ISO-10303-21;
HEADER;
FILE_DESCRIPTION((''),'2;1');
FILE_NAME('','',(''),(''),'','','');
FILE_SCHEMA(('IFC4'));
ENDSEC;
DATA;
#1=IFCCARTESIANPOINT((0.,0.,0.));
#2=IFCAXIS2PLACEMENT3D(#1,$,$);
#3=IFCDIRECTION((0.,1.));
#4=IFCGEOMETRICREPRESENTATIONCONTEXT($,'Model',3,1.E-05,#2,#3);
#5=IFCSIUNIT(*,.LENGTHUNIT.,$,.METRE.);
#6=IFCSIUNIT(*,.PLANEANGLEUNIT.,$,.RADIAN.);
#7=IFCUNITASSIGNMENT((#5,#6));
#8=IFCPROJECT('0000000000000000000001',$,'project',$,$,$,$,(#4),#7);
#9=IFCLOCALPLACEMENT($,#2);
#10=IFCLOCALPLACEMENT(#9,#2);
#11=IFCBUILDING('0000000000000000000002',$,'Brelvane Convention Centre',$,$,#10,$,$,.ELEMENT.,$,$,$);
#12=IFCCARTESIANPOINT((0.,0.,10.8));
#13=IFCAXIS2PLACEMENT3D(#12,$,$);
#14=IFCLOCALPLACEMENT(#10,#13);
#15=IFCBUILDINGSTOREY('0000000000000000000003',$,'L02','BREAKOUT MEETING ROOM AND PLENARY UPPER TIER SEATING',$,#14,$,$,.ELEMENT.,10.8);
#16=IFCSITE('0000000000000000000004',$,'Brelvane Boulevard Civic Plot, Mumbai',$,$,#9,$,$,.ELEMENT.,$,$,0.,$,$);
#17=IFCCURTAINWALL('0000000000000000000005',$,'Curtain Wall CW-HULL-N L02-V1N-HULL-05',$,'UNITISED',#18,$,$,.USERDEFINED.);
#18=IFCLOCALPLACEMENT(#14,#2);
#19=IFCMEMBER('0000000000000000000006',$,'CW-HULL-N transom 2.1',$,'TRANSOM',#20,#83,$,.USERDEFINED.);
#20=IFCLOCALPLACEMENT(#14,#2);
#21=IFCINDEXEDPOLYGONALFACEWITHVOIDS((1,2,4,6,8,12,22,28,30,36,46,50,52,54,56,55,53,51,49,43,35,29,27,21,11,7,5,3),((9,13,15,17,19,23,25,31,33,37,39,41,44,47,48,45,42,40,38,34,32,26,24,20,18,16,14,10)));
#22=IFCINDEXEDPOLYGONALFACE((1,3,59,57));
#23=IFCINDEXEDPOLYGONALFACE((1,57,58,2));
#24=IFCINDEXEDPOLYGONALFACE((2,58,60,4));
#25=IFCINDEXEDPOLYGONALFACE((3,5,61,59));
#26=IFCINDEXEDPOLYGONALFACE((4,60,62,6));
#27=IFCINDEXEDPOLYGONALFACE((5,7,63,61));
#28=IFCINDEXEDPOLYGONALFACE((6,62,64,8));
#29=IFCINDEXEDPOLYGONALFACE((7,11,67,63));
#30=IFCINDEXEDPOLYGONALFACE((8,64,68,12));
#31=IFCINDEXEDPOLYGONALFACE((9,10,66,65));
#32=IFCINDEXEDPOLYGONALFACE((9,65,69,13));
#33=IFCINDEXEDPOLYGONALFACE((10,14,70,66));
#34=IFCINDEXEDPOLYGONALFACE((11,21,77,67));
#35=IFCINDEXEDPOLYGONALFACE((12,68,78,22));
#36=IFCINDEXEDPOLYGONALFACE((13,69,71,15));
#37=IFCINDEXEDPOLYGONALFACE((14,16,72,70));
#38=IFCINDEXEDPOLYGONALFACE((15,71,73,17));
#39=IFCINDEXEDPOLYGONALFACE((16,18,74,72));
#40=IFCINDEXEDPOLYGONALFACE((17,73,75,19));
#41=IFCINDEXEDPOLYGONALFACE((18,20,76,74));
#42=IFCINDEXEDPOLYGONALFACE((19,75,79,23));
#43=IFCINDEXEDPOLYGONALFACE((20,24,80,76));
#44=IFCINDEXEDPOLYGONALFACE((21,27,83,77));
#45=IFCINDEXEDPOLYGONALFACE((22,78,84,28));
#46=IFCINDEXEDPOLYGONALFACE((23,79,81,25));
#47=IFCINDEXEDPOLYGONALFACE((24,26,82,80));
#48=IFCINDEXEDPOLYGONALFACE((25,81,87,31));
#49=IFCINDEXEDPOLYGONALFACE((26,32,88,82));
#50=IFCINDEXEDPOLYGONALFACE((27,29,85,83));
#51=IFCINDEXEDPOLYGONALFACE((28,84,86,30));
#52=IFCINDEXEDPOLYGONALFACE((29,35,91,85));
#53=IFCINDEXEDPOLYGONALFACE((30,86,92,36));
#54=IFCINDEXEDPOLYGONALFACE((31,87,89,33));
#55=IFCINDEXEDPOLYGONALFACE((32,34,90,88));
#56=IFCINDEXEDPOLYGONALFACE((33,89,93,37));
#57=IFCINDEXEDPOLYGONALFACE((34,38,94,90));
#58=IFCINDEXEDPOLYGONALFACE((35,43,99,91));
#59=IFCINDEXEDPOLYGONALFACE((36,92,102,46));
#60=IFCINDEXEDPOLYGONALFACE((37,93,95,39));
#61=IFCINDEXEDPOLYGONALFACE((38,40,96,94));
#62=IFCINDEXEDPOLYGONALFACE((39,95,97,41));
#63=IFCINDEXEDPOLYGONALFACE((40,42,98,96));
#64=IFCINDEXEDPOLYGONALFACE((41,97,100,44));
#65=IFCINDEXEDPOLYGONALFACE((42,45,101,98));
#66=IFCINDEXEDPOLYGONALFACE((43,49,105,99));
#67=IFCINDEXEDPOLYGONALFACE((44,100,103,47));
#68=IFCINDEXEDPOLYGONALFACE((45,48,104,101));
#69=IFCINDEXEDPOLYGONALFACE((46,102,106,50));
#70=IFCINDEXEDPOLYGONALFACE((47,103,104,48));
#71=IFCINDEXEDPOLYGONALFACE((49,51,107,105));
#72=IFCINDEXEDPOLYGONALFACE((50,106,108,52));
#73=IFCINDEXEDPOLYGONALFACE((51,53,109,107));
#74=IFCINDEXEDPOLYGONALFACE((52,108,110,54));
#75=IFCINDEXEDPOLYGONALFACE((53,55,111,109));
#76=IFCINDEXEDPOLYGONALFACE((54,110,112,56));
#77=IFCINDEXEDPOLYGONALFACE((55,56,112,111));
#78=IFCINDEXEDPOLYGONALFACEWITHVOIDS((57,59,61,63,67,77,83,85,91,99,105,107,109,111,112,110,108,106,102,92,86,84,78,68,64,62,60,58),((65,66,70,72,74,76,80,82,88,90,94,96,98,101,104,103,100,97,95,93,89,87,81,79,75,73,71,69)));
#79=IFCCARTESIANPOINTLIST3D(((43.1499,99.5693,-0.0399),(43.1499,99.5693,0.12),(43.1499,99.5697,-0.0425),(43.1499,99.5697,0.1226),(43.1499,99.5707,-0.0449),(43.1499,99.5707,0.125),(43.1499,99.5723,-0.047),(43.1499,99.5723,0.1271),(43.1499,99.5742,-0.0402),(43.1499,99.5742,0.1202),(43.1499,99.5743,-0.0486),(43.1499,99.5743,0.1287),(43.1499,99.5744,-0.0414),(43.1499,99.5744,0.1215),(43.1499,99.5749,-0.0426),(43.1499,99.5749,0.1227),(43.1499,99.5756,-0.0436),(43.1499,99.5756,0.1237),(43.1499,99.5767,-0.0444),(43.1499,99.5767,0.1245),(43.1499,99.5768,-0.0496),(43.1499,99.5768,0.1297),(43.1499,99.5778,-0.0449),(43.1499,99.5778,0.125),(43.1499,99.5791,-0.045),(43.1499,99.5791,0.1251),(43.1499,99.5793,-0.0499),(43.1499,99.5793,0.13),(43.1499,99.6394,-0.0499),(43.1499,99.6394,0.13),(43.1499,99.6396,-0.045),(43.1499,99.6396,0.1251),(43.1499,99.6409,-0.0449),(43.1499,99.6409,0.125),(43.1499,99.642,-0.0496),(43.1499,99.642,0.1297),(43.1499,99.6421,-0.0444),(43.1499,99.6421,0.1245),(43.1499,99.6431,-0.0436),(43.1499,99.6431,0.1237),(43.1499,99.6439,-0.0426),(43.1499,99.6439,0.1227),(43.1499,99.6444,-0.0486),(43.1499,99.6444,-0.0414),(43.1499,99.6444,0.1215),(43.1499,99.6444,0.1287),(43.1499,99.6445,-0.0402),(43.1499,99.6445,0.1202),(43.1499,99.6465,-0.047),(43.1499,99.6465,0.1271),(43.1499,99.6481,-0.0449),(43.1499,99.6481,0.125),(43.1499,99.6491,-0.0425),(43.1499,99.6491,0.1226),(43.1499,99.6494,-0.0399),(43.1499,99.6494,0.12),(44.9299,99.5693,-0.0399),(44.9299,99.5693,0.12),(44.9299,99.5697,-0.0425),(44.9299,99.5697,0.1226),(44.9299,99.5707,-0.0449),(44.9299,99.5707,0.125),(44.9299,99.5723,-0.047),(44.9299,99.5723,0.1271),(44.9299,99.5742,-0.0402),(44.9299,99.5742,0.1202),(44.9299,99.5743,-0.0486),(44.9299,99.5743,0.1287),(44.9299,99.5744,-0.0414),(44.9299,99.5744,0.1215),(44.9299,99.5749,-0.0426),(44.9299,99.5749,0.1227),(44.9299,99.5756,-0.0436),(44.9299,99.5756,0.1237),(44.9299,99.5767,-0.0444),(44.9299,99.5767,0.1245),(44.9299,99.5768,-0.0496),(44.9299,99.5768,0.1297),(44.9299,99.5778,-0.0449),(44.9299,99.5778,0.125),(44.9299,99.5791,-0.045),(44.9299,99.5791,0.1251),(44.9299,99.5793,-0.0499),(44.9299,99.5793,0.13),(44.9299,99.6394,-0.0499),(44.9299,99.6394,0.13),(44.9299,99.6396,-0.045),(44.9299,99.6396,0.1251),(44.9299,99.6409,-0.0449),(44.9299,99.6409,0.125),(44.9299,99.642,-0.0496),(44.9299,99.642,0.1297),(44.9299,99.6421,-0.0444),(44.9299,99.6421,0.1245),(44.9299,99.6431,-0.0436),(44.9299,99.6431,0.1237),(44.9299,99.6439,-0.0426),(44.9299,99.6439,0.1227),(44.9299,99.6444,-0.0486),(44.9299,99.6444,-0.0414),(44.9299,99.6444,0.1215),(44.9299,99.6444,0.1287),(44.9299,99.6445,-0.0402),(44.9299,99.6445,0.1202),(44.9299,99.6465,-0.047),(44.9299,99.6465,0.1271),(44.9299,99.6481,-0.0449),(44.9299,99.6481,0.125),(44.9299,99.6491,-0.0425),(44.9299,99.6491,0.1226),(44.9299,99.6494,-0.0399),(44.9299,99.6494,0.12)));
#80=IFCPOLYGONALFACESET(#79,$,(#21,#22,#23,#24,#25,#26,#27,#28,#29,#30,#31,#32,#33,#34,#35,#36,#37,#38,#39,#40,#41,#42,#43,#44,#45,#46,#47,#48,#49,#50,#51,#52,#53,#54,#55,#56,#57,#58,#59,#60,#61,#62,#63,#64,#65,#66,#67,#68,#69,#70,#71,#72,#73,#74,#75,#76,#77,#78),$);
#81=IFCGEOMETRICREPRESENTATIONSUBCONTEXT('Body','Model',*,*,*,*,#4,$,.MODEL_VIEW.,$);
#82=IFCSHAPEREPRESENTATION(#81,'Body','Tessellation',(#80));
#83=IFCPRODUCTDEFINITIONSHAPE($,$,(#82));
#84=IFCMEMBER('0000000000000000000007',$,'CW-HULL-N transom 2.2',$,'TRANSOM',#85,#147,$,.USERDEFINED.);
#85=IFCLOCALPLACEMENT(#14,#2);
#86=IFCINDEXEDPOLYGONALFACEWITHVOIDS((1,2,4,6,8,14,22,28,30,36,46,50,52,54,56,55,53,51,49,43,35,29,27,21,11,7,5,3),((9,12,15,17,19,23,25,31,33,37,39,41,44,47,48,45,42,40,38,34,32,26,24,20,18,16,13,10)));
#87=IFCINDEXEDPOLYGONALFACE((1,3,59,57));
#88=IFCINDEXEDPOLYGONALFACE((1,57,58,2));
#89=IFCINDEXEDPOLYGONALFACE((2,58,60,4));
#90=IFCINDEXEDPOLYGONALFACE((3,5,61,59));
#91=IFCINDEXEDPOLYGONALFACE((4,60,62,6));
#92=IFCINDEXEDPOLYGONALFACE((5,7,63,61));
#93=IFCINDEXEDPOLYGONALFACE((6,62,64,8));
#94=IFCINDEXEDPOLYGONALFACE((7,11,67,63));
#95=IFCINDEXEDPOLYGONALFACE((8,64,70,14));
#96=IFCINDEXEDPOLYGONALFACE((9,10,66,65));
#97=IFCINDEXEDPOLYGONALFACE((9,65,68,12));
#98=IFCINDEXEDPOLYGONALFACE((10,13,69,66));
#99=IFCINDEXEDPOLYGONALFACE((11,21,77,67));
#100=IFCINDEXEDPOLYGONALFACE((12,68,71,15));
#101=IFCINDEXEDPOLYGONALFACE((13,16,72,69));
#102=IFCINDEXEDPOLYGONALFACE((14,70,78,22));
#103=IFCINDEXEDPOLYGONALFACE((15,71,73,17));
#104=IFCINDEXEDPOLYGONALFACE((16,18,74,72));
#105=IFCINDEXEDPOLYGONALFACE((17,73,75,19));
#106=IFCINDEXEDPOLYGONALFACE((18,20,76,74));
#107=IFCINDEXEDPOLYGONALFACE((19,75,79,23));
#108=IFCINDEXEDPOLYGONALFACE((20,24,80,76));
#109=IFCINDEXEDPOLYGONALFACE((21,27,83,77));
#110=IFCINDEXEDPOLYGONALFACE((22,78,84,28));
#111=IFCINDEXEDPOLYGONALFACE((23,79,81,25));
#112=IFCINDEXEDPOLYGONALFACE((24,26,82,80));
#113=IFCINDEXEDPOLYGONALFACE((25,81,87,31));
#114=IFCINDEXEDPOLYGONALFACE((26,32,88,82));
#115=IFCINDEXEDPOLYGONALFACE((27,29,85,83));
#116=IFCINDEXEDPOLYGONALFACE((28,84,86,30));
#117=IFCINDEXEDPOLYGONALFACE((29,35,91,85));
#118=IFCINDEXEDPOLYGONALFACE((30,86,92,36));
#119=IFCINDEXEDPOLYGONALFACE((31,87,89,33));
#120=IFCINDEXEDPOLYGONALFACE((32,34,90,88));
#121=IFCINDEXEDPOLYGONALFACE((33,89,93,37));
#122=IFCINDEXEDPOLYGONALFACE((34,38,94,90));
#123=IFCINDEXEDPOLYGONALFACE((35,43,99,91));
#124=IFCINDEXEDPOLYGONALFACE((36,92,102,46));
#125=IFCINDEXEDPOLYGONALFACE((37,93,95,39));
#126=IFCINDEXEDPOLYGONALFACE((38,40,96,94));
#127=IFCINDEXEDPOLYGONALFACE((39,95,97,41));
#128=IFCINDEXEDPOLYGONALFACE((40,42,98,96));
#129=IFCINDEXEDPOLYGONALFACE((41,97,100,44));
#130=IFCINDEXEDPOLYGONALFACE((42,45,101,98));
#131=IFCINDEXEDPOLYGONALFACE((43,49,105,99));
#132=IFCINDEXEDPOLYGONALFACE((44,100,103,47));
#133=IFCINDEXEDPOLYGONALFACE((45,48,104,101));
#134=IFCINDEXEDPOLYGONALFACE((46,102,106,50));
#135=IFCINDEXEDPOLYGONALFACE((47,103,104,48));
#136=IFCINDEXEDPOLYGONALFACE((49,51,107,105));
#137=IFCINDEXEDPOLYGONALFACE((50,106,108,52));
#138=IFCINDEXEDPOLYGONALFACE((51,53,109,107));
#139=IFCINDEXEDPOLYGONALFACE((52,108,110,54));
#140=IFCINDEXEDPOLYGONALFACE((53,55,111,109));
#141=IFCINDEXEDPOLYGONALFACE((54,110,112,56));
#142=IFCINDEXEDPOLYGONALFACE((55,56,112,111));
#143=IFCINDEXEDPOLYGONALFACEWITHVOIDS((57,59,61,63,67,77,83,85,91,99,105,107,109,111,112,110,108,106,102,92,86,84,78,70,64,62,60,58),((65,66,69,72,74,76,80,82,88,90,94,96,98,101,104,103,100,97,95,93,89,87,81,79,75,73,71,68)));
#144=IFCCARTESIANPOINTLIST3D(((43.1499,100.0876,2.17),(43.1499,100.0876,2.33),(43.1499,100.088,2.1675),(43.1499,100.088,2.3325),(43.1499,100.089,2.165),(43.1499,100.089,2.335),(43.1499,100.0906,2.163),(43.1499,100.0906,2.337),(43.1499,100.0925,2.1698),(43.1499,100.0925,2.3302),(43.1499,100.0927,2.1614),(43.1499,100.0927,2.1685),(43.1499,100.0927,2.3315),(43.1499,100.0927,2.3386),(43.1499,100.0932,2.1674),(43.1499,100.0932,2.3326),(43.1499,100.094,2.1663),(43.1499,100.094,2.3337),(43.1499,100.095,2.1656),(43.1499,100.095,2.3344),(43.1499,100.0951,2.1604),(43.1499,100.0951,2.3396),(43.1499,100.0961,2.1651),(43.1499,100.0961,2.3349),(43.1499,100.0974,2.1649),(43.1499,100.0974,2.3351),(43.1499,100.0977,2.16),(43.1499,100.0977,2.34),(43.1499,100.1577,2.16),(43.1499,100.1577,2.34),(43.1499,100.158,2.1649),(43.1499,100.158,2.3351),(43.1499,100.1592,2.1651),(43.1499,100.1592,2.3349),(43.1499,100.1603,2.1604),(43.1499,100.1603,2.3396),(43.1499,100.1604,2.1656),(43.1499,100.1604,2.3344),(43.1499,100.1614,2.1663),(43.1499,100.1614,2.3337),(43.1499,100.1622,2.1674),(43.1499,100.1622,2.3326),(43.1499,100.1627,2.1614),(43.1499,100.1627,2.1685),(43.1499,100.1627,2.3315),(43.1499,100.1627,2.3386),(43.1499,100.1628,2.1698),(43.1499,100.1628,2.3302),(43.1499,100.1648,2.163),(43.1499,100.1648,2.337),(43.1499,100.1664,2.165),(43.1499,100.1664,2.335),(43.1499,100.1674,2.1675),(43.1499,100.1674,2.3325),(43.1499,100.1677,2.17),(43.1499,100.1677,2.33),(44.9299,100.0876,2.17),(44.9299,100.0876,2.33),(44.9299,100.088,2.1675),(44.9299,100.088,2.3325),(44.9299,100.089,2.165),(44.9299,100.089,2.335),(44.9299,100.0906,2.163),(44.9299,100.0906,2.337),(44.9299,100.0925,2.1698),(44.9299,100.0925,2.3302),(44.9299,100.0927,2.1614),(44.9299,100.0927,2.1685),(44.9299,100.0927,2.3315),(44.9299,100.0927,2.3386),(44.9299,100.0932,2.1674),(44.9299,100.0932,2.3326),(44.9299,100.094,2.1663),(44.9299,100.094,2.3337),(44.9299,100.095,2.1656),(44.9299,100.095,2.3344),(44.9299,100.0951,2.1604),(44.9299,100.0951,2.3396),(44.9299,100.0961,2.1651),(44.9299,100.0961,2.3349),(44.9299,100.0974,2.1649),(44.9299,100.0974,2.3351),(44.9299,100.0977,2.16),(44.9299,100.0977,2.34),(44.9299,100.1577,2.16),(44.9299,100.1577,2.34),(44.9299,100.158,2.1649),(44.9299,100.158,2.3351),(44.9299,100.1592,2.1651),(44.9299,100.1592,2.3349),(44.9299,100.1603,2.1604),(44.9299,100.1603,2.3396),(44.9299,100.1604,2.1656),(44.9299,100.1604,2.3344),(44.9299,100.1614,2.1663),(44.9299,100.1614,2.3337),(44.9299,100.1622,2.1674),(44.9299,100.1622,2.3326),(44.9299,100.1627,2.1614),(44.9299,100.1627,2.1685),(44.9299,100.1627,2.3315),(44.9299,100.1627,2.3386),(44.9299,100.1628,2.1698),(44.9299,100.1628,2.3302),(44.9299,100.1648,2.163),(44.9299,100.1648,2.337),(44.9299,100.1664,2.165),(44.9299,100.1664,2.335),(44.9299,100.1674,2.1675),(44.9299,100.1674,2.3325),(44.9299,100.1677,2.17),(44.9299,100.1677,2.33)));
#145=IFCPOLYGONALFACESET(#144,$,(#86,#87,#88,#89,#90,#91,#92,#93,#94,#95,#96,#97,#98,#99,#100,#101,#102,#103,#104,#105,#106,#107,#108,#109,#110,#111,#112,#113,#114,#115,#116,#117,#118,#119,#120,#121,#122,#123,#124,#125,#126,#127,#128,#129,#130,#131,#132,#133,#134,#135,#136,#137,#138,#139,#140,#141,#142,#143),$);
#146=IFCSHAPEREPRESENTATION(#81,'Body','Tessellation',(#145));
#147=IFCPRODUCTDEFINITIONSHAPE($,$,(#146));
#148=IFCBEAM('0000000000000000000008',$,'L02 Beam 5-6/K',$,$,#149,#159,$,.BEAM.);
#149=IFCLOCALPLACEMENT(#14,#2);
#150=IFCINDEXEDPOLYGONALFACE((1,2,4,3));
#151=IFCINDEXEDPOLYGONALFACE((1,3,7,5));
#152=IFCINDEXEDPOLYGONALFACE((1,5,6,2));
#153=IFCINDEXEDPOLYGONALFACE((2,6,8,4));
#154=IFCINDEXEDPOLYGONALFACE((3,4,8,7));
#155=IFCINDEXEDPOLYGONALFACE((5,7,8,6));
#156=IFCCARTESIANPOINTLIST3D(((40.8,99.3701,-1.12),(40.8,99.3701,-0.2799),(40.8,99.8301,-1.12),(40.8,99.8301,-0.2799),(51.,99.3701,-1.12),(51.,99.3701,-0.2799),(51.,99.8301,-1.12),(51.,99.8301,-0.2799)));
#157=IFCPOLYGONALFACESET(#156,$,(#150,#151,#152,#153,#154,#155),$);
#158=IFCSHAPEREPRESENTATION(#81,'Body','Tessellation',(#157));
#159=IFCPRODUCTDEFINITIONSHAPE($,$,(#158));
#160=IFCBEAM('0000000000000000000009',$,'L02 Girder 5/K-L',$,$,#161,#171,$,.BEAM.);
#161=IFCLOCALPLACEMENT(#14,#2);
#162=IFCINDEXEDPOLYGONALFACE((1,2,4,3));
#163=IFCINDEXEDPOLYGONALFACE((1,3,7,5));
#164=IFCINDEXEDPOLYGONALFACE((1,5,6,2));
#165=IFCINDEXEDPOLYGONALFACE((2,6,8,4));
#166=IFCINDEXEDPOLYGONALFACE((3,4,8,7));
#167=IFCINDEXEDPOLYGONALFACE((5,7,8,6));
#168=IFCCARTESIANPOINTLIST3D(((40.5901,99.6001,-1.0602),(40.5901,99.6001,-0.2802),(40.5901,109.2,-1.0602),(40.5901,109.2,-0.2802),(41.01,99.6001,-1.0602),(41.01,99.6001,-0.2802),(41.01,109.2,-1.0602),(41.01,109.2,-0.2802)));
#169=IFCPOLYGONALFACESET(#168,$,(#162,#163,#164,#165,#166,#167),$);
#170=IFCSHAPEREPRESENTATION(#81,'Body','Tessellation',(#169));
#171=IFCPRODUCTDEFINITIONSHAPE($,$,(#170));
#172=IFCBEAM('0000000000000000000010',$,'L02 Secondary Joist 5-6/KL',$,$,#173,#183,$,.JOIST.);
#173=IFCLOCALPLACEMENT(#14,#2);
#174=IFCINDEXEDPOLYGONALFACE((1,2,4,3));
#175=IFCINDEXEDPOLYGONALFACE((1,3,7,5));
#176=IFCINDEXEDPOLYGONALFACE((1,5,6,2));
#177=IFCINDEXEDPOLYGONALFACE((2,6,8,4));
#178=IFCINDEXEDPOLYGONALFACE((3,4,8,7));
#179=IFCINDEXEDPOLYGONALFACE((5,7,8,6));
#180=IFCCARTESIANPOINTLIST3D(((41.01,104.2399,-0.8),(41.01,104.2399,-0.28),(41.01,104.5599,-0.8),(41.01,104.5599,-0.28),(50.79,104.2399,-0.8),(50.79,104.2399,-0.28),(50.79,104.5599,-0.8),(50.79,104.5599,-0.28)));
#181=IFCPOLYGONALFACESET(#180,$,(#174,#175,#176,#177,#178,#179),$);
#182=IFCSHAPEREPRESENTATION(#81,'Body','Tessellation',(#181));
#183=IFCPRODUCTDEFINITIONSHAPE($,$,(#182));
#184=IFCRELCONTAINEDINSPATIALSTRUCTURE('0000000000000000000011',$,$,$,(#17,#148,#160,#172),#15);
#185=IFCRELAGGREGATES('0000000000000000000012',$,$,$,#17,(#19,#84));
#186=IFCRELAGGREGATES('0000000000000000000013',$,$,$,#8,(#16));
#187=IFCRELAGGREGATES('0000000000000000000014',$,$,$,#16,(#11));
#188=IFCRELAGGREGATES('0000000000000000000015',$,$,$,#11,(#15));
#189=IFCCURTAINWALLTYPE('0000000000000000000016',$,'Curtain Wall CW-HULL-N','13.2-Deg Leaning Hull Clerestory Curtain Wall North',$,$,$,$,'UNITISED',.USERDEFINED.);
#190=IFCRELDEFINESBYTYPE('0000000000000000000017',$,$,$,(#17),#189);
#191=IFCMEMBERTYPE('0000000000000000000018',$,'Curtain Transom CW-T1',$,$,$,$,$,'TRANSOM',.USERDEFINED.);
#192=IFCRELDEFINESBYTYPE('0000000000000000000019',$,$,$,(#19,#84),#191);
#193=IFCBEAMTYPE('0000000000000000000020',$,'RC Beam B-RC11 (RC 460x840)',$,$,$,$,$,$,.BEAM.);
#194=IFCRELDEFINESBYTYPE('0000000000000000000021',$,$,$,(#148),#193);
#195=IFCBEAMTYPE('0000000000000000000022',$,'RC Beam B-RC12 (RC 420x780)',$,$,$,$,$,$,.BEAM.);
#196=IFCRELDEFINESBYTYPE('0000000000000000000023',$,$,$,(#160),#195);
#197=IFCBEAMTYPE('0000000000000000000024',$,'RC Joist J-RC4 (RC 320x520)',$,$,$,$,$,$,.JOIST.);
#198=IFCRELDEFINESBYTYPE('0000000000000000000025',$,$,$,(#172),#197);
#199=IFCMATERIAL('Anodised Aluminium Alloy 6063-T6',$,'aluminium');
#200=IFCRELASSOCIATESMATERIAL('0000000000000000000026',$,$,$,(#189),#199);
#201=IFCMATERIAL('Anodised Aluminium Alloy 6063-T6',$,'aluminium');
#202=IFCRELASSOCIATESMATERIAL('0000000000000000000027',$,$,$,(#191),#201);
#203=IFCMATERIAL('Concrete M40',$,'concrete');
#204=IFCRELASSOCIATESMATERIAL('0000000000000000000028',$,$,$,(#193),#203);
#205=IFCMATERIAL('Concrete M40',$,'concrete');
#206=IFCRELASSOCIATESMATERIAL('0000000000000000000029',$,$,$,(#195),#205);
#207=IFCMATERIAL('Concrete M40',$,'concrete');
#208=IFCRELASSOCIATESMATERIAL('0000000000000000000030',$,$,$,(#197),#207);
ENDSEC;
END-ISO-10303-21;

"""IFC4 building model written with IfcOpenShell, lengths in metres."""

from ifc_helpers import new_model, si_unit, direction, frame, origin, origin_2d, place, context, subcontext, project, spatial, rectangle, hollow_rectangle, extrude, material, material_profile, profile_set, type_object, element, aggregate, save


model = new_model("IFC4")

# Units and contexts
model_context = context("Model", 3, precision=1e-05, world=origin(), true_north=direction((0.0, 1.0)))
body_context = subcontext(model_context, "Body", "Model", "MODEL_VIEW")
ifc_project = project(units=[si_unit("LENGTHUNIT", "METRE"), si_unit("PLANEANGLEUNIT", "RADIAN")], contexts=[model_context])

# Site, building, storey
site_placement = place(None, origin())
site = spatial("IfcSite", under=ifc_project, at=site_placement, Name="Brelvane Boulevard Civic Plot, Mumbai", CompositionType="ELEMENT", RefElevation=0.0)
building_placement = place(site_placement, origin())
building = spatial("IfcBuilding", under=site, at=building_placement, Name="Brelvane Convention Centre", CompositionType="ELEMENT")
storey_placement = place(building_placement, frame((0.0, 0.0, 10.8)))
storey = spatial("IfcBuildingStorey", under=building, at=storey_placement, Name="L02", Description="BREAKOUT MEETING ROOM AND PLENARY UPPER TIER SEATING", CompositionType="ELEMENT", Elevation=10.8)

# Curtain wall
ifc_material_1 = material(Name="Anodised Aluminium Alloy 6063-T6", Category="aluminium")
curtain_wall_type = type_object("IfcCurtainWallType", Name="Curtain Wall CW-HULL-N", Description="13.2-Deg Leaning Hull Clerestory Curtain Wall North", ElementType="UNITISED", PredefinedType="USERDEFINED", material=ifc_material_1)
curtain_wall_1_placement = place(storey_placement, origin())
curtain_wall_1 = element("IfcCurtainWall", 1, at=curtain_wall_1_placement, inside=storey, type_object=curtain_wall_type, Name="Curtain Wall CW-HULL-N L02-V1N-HULL-05", ObjectType="UNITISED", PredefinedType="USERDEFINED")

# Members
ifc_material_2 = material(Name="Anodised Aluminium Alloy 6063-T6", Category="aluminium")
ifc_material_profile_1 = material_profile(ifc_material_2, hollow_rectangle(XDim=0.0801, YDim=0.1799, WallThickness=0.0049, InnerFilletRadius=0.0049, OuterFilletRadius=0.01, at=origin_2d()), Name="ALU-T 180x80x5.0")
ifc_profile_set_1 = profile_set([ifc_material_profile_1], Name="Anodised Aluminium Alloy 6063-T6")
member_type_1 = type_object("IfcMemberType", Name="Curtain Transom CW-T1", ElementType="TRANSOM", PredefinedType="USERDEFINED", material=ifc_profile_set_1)
member_1_placement = place(storey_placement, frame((43.1499, 99.6094, 0.04), z_axis=(1.0, 0.0, 0.0), x_axis=(0.0, 1.0, 0.0)))
member_1 = element("IfcMember", 2, at=member_1_placement, type_object=member_type_1, Name="CW-HULL-N transom 2.1", ObjectType="TRANSOM", PredefinedType="USERDEFINED", context=body_context, shape_type="SweptSolid", body=[
    extrude(hollow_rectangle(XDim=0.0801, YDim=0.1799, WallThickness=0.0049, InnerFilletRadius=0.0049, OuterFilletRadius=0.01, at=origin_2d()), origin(), (0.0, 0.0, 1.0), 1.78),
])
member_2_placement = place(storey_placement, frame((43.1499, 100.1277, 2.25), z_axis=(1.0, 0.0, 0.0), x_axis=(0.0, 1.0, 0.0)))
member_2 = element("IfcMember", 3, at=member_2_placement, type_object=member_type_1, Name="CW-HULL-N transom 2.2", ObjectType="TRANSOM", PredefinedType="USERDEFINED", context=body_context, shape_type="SweptSolid", body=[
    extrude(hollow_rectangle(XDim=0.0801, YDim=0.1799, WallThickness=0.0049, InnerFilletRadius=0.0049, OuterFilletRadius=0.01, at=origin_2d()), origin(), (0.0, 0.0, 1.0), 1.78),
])

# Beams
ifc_material_3 = material(Name="Concrete M40", Category="concrete")
ifc_material_profile_2 = material_profile(ifc_material_3, rectangle(XDim=0.46, YDim=0.8401, at=origin_2d()), Name="RC 460x840")
ifc_profile_set_2 = profile_set([ifc_material_profile_2], Name="Concrete M40")
beam_type_1 = type_object("IfcBeamType", Name="RC Beam B-RC11 (RC 460x840)", PredefinedType="BEAM", material=ifc_profile_set_2)
beam_1_placement = place(storey_placement, frame((40.8, 99.6001, -0.7), z_axis=(1.0, 0.0, 0.0), x_axis=(0.0, 1.0, 0.0)))
element("IfcBeam", 4, at=beam_1_placement, inside=storey, type_object=beam_type_1, Name="L02 Beam 5-6/K", PredefinedType="BEAM", context=body_context, shape_type="SweptSolid", body=[
    extrude(rectangle(XDim=0.46, YDim=0.8401, at=origin_2d()), origin(), (0.0, 0.0, 1.0), 10.2),
])
ifc_material_4 = material(Name="Concrete M40", Category="concrete")
ifc_material_profile_3 = material_profile(ifc_material_4, rectangle(XDim=0.4199, YDim=0.78, at=origin_2d()), Name="RC 420x780")
ifc_profile_set_3 = profile_set([ifc_material_profile_3], Name="Concrete M40")
beam_type_2 = type_object("IfcBeamType", Name="RC Beam B-RC12 (RC 420x780)", PredefinedType="BEAM", material=ifc_profile_set_3)
beam_2_placement = place(storey_placement, frame((40.8, 99.6001, -0.6702), z_axis=(0.0, 1.0, 0.0), x_axis=(-1.0, 0.0, 0.0)))
element("IfcBeam", 5, at=beam_2_placement, inside=storey, type_object=beam_type_2, Name="L02 Girder 5/K-L", PredefinedType="BEAM", context=body_context, shape_type="SweptSolid", body=[
    extrude(rectangle(XDim=0.4199, YDim=0.78, at=origin_2d()), origin(), (0.0, 0.0, 1.0), 9.5999),
])
ifc_material_5 = material(Name="Concrete M40", Category="concrete")
ifc_material_profile_4 = material_profile(ifc_material_5, rectangle(XDim=0.3201, YDim=0.52, at=origin_2d()), Name="RC 320x520")
ifc_profile_set_4 = profile_set([ifc_material_profile_4], Name="Concrete M40")
beam_type_3 = type_object("IfcBeamType", Name="RC Joist J-RC4 (RC 320x520)", PredefinedType="JOIST", material=ifc_profile_set_4)
beam_3_placement = place(storey_placement, frame((41.01, 104.3999, -0.54), z_axis=(1.0, 0.0, 0.0), x_axis=(0.0, 1.0, 0.0)))
element("IfcBeam", 6, at=beam_3_placement, inside=storey, type_object=beam_type_3, Name="L02 Secondary Joist 5-6/KL", PredefinedType="JOIST", context=body_context, shape_type="SweptSolid", body=[
    extrude(rectangle(XDim=0.3201, YDim=0.52, at=origin_2d()), origin(), (0.0, 0.0, 1.0), 9.78),
])

aggregate(curtain_wall_1, [member_1, member_2])

save(model, "model.ifc")
